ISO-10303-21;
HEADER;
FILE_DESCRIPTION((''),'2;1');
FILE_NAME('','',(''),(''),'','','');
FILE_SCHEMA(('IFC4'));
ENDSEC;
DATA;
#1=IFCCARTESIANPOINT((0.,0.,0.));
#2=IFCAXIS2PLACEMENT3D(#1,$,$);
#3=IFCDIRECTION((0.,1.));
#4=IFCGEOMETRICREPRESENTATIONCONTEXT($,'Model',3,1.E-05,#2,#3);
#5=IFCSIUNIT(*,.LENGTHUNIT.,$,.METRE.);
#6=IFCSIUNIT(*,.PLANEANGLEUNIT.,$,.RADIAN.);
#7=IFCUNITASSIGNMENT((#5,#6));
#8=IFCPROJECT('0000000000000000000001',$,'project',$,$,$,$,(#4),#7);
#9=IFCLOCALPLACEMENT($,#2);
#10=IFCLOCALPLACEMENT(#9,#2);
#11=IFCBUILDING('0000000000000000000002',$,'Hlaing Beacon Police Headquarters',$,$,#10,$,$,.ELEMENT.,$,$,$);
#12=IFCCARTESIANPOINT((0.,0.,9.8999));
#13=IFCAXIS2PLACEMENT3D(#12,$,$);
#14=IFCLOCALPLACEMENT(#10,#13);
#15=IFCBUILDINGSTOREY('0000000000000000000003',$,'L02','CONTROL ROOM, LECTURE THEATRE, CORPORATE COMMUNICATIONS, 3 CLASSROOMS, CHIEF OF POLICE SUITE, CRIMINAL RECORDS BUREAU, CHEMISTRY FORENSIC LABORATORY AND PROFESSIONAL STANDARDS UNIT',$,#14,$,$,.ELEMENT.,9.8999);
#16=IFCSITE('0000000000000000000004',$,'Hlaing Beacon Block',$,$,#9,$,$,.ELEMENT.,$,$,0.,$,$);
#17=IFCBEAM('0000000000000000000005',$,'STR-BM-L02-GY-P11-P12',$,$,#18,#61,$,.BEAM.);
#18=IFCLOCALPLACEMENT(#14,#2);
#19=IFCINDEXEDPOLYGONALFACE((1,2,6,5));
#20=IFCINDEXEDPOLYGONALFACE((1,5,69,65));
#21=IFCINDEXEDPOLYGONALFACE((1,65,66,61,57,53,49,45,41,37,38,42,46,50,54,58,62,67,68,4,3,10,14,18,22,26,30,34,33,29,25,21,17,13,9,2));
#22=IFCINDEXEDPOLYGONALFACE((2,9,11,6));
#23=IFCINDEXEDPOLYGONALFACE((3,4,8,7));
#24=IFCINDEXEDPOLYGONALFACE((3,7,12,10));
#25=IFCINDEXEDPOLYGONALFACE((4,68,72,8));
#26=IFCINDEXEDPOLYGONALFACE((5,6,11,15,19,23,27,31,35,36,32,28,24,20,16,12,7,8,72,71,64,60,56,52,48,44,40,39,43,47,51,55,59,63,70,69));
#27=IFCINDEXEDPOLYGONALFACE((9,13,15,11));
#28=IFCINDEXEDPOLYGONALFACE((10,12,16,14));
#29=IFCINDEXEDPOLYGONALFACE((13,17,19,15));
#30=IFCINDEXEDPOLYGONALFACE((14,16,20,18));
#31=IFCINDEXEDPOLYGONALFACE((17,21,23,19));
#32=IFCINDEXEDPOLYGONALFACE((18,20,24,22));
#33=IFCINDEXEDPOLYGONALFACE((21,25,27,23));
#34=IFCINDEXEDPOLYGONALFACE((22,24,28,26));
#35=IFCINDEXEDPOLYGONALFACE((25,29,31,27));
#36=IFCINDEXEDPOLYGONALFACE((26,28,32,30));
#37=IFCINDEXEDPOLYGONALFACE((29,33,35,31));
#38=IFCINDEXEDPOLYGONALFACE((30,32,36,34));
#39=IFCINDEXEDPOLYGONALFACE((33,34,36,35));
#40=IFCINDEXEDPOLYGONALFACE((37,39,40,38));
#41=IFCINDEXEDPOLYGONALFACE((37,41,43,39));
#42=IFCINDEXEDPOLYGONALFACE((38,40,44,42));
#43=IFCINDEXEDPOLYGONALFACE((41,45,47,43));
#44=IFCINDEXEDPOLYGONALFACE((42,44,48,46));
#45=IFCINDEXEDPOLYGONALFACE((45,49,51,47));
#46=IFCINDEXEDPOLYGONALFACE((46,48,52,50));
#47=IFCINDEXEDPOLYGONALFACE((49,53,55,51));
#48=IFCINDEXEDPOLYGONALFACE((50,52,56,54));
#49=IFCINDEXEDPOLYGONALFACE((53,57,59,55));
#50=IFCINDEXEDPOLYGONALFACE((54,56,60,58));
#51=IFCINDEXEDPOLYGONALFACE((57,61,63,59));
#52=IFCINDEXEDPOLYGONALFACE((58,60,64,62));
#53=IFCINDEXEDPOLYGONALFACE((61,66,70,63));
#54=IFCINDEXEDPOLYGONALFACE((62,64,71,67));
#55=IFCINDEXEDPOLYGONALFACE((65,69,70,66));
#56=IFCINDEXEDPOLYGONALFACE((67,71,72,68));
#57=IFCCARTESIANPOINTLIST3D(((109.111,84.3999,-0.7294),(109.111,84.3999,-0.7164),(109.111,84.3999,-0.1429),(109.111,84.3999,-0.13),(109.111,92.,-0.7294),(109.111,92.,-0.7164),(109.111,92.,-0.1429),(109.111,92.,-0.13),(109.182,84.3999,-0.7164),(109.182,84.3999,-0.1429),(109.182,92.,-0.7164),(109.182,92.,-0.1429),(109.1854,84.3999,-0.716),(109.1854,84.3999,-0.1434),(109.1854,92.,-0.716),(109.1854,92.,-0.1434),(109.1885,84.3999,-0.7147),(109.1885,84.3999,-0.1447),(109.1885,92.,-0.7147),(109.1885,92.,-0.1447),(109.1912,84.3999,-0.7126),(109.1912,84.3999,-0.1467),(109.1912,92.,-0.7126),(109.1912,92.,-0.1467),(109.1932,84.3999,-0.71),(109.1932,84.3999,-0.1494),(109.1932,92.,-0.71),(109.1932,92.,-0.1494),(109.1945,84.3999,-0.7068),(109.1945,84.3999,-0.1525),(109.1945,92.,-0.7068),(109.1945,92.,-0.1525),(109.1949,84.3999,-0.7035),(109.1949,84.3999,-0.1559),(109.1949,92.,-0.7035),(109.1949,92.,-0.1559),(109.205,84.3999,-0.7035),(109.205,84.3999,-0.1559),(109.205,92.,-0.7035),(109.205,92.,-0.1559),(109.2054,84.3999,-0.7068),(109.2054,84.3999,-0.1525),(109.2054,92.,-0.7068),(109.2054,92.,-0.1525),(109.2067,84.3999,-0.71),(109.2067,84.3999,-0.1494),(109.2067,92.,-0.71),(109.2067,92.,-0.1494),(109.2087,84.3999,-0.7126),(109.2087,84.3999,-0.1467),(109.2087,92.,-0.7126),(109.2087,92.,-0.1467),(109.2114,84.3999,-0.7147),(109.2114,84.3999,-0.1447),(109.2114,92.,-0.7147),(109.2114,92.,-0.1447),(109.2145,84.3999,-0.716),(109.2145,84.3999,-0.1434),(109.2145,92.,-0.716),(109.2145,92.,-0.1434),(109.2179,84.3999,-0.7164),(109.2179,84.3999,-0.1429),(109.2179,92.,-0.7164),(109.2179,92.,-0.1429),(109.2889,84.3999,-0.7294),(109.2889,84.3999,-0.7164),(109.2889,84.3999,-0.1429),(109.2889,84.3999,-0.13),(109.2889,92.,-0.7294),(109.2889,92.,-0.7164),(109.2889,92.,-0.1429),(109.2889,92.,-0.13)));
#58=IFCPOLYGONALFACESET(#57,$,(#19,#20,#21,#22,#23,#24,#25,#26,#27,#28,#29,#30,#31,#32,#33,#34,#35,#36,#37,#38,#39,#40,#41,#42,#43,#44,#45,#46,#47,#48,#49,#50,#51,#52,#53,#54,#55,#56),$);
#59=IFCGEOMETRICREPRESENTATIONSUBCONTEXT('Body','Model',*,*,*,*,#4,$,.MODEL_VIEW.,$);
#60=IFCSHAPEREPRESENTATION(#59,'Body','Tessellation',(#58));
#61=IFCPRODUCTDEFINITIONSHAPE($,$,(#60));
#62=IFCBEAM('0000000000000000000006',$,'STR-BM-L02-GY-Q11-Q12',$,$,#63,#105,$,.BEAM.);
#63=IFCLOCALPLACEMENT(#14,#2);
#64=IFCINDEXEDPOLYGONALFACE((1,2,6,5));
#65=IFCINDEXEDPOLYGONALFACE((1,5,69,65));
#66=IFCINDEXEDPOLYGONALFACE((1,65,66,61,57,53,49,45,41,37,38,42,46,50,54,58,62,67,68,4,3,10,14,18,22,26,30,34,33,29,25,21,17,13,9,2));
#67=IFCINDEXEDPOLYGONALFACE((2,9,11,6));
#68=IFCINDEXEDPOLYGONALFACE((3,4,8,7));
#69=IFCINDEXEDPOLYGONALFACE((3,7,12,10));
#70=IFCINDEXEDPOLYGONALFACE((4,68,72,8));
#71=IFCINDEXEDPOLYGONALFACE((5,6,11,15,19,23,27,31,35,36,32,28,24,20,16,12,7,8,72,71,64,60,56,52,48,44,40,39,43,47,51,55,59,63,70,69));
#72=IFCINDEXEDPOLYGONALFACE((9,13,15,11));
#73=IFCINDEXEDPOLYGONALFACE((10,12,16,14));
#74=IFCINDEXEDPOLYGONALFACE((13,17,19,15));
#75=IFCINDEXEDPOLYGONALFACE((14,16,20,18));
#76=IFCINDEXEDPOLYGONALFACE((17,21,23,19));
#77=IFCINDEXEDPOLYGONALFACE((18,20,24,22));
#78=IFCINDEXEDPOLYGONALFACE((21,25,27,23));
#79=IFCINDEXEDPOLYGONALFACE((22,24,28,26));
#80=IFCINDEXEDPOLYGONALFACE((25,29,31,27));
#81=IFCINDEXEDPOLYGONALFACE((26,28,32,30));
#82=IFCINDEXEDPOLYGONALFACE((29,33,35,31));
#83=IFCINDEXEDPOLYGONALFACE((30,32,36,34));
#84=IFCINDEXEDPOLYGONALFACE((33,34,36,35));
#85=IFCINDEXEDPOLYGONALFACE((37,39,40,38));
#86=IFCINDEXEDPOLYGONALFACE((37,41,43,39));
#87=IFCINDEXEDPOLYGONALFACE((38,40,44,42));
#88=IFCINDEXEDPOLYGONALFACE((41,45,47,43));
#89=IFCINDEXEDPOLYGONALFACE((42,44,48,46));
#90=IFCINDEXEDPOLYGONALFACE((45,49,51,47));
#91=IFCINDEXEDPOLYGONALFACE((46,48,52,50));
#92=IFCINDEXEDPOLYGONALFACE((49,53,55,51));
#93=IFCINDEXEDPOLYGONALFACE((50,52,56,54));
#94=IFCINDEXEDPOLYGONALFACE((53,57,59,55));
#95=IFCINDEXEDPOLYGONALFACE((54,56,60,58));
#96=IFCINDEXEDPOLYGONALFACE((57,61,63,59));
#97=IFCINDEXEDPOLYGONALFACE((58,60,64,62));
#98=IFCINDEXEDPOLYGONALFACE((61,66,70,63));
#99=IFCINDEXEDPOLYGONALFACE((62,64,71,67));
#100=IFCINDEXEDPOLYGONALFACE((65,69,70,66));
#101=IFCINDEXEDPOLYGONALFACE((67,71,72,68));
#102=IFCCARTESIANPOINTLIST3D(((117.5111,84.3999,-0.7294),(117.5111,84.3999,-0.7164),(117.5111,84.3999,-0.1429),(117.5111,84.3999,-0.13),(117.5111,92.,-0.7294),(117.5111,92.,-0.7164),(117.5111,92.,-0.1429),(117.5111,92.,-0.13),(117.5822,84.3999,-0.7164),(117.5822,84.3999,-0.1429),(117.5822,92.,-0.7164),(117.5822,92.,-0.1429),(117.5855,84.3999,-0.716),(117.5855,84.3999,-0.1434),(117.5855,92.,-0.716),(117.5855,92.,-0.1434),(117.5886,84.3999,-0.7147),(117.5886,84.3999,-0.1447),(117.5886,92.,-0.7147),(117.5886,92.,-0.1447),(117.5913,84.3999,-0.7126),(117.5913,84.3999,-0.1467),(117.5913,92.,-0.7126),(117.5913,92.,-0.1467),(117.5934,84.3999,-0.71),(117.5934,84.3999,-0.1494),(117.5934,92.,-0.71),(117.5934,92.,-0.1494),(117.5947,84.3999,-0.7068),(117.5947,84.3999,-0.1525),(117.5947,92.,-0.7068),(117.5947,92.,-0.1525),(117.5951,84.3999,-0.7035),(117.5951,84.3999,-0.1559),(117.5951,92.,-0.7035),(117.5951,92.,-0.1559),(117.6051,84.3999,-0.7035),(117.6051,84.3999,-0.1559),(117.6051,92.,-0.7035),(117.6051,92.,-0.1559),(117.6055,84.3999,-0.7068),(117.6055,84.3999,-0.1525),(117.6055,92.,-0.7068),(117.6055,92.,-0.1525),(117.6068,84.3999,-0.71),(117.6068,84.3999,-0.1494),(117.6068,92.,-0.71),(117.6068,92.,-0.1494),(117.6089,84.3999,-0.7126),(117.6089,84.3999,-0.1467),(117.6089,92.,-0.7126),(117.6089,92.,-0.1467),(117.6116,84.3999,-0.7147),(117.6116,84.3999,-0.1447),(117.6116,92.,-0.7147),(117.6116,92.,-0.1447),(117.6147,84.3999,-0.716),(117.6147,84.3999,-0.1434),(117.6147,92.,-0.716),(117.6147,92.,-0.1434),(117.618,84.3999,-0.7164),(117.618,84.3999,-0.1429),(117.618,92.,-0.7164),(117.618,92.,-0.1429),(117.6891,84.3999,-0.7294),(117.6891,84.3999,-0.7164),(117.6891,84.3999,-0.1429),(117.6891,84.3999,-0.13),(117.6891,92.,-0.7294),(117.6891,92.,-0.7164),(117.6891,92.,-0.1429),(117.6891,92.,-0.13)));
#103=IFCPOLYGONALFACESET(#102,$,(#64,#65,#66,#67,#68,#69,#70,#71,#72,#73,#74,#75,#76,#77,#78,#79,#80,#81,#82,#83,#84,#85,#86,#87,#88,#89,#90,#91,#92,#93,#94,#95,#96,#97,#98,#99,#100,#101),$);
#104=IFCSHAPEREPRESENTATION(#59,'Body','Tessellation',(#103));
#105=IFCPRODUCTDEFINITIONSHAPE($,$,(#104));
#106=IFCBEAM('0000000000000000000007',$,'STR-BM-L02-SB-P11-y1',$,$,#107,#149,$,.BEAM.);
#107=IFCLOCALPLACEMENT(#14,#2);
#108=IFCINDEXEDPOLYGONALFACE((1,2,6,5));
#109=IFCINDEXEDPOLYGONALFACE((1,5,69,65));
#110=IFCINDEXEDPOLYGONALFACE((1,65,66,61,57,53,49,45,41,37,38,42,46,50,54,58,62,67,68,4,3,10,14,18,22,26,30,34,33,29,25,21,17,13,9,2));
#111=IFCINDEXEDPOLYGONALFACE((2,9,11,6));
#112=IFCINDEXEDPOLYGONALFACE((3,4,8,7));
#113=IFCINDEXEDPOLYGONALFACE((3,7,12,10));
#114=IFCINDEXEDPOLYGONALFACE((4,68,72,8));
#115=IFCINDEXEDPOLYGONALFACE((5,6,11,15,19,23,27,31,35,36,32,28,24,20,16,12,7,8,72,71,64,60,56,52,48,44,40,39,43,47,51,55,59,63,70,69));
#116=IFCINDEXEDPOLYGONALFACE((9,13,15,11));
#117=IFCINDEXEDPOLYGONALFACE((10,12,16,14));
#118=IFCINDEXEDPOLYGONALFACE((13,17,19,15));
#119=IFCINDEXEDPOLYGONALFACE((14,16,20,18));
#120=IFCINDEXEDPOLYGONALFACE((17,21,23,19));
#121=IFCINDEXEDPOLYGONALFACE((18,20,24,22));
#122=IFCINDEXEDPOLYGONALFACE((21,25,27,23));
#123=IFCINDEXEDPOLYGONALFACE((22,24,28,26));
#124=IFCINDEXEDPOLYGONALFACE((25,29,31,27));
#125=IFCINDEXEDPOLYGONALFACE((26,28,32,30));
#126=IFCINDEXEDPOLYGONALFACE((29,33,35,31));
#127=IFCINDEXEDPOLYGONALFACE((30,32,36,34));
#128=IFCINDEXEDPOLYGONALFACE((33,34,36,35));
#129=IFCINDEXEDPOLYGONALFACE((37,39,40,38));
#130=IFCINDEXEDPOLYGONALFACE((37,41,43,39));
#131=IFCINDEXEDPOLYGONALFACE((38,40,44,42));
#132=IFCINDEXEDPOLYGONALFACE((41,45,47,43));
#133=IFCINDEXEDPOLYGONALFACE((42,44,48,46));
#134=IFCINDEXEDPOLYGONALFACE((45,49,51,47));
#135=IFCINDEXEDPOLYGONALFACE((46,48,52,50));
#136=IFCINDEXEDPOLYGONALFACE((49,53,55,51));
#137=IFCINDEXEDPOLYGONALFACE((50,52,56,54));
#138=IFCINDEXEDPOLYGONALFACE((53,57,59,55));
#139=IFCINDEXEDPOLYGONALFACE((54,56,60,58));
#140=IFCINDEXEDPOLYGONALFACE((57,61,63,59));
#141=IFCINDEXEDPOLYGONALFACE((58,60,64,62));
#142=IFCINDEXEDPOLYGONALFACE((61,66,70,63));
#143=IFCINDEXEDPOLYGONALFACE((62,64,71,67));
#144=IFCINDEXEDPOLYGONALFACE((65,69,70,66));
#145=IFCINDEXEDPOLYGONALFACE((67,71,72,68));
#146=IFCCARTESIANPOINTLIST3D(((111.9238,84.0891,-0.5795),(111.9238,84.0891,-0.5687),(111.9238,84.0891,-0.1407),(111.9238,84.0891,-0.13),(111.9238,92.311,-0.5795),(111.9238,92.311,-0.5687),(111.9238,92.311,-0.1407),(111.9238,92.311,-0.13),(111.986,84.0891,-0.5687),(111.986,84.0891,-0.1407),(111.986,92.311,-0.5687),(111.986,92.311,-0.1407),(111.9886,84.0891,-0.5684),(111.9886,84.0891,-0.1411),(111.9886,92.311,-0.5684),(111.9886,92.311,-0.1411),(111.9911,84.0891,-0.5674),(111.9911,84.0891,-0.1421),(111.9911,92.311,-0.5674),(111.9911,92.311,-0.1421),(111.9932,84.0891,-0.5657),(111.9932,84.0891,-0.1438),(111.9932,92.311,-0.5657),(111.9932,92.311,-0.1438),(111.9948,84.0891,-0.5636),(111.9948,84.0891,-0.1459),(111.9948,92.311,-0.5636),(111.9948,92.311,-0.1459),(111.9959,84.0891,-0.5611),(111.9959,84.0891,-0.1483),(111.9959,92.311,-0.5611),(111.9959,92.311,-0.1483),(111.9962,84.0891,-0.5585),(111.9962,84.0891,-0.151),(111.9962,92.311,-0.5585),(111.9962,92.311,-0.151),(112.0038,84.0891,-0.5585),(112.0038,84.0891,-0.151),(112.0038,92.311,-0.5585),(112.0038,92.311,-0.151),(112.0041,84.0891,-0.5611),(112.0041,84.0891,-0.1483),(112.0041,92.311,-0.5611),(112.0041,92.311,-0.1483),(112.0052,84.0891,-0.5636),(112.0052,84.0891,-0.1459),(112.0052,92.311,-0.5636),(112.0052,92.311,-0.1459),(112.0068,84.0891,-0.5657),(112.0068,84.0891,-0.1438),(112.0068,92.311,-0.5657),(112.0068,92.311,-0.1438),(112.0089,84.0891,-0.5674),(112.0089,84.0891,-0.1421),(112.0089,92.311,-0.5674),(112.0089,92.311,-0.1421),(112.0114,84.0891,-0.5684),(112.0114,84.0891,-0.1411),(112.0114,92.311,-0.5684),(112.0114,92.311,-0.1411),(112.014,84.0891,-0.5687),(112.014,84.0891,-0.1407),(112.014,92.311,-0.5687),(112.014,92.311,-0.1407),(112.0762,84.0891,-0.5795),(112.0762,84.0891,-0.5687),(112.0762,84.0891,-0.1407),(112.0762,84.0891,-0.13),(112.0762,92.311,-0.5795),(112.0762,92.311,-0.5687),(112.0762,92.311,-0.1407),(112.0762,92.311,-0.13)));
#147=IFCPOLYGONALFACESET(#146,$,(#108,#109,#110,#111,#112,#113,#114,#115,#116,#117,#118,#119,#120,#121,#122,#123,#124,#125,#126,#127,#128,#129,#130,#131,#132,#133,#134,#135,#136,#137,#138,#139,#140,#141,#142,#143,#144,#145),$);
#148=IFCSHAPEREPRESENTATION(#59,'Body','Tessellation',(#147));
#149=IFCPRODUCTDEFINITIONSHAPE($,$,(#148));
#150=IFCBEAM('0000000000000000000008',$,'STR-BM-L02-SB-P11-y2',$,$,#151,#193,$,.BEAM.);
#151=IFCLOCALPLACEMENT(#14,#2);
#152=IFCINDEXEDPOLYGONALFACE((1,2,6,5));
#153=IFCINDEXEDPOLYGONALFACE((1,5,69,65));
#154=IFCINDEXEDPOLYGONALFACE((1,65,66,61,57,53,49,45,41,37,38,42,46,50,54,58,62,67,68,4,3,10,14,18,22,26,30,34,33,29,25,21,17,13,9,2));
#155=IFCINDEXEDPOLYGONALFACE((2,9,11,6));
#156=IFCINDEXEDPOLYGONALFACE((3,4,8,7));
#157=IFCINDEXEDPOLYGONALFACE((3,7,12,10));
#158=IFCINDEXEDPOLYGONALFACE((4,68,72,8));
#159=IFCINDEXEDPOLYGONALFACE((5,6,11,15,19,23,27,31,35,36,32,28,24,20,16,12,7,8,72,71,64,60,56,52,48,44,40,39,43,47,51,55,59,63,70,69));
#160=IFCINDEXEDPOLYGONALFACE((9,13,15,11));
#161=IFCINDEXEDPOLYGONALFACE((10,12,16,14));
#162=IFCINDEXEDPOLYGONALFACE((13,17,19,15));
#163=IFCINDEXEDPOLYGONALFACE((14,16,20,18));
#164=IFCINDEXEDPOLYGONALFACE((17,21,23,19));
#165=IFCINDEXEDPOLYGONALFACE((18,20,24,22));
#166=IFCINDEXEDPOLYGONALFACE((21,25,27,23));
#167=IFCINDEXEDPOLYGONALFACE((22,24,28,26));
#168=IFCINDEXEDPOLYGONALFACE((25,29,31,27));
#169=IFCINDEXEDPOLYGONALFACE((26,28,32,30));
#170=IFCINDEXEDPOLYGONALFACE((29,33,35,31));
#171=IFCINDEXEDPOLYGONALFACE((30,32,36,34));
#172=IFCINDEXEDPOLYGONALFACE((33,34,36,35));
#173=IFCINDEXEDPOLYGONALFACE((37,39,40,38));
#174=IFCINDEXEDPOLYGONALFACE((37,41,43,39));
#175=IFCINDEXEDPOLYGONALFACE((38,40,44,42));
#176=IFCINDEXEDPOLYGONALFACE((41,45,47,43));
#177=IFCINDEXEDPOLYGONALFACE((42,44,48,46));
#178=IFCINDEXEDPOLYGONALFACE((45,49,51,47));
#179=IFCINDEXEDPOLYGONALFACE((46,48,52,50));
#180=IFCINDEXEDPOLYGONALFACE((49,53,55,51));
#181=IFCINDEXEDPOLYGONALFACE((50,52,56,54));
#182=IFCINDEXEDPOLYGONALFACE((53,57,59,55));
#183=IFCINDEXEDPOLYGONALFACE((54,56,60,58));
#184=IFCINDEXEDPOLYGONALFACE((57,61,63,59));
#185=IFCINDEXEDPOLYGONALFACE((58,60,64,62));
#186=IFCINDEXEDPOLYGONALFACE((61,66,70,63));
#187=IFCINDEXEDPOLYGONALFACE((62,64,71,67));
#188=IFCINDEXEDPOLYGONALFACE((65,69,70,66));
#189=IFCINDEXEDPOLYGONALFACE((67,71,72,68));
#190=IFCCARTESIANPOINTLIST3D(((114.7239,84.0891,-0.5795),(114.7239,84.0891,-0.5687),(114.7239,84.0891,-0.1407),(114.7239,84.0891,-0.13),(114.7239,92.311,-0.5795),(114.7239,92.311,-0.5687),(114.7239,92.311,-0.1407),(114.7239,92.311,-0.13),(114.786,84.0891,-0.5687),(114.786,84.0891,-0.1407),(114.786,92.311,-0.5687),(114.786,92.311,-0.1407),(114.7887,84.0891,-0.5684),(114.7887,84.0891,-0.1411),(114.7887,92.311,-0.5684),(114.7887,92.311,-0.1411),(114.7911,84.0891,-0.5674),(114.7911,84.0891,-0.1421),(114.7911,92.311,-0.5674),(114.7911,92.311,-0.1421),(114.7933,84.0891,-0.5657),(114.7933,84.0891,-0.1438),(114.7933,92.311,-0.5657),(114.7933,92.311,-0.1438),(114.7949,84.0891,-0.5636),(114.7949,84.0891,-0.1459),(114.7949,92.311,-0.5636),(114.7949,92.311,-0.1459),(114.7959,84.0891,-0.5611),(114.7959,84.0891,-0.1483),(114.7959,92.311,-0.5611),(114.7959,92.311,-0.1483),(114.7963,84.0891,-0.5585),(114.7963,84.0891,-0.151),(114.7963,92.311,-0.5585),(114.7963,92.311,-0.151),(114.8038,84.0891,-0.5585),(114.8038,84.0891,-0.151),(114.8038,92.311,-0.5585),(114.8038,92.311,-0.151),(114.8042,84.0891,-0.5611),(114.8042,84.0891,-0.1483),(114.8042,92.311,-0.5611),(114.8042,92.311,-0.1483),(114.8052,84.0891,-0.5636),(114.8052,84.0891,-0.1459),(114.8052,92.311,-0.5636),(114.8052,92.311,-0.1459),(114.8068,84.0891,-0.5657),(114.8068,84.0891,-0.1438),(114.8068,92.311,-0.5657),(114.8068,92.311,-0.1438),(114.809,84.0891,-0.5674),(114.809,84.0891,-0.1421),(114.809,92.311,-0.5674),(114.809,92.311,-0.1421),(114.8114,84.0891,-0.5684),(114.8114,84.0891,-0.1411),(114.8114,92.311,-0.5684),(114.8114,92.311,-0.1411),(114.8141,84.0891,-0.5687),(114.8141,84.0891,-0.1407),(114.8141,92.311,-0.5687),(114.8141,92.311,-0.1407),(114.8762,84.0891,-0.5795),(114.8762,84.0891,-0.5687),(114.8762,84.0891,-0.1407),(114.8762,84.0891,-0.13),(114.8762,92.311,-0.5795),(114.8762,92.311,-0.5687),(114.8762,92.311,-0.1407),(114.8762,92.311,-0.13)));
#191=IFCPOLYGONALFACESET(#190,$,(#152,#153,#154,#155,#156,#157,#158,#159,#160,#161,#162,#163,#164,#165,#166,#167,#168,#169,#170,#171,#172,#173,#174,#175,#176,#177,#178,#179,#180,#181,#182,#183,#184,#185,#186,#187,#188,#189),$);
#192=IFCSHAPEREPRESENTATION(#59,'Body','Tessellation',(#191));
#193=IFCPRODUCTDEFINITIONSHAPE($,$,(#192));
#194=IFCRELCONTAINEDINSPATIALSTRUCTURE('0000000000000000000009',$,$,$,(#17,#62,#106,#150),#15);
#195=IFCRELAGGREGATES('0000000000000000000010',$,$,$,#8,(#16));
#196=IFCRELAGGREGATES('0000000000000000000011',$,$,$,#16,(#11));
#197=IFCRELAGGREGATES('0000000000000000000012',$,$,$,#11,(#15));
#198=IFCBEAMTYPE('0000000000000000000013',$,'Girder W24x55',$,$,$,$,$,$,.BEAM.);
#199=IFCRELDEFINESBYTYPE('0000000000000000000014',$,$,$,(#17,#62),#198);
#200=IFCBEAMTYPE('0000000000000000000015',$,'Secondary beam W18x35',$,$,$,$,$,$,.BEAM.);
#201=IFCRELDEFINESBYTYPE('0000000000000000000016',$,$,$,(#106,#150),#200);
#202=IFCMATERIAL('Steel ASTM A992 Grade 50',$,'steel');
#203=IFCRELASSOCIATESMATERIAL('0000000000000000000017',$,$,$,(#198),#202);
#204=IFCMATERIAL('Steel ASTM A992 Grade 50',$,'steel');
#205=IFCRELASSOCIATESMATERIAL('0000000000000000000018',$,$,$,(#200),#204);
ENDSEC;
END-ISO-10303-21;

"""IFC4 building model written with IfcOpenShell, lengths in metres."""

from ifc_helpers import new_model, si_unit, direction, frame, origin, origin_2d, place, context, subcontext, project, spatial, i_section, extrude, material, material_profile, profile_set, type_object, element, save


model = new_model("IFC4")

# Units and contexts
model_context = context("Model", 3, precision=1e-05, world=origin(), true_north=direction((0.0, 1.0)))
body_context = subcontext(model_context, "Body", "Model", "MODEL_VIEW")
ifc_project = project(units=[si_unit("LENGTHUNIT", "METRE"), si_unit("PLANEANGLEUNIT", "RADIAN")], contexts=[model_context])

# Site, building, storey
site_placement = place(None, origin())
site = spatial("IfcSite", under=ifc_project, at=site_placement, Name="Hlaing Beacon Block", CompositionType="ELEMENT", RefElevation=0.0)
building_placement = place(site_placement, origin())
building = spatial("IfcBuilding", under=site, at=building_placement, Name="Hlaing Beacon Police Headquarters", CompositionType="ELEMENT")
storey_placement = place(building_placement, frame((0.0, 0.0, 9.8999)))
storey = spatial("IfcBuildingStorey", under=building, at=storey_placement, Name="L02", Description="CONTROL ROOM, LECTURE THEATRE, CORPORATE COMMUNICATIONS, 3 CLASSROOMS, CHIEF OF POLICE SUITE, CRIMINAL RECORDS BUREAU, CHEMISTRY FORENSIC LABORATORY AND PROFESSIONAL STANDARDS UNIT", CompositionType="ELEMENT", Elevation=9.8999)

# Beams
ifc_material_1 = material(Name="Steel ASTM A992 Grade 50", Category="steel")
ifc_material_profile_1 = material_profile(ifc_material_1, i_section(OverallWidth=0.178, OverallDepth=0.5994, WebThickness=0.01, FlangeThickness=0.0129, FilletRadius=0.0129, at=origin_2d()), Name="W24x55")
ifc_profile_set_1 = profile_set([ifc_material_profile_1], Name="Steel ASTM A992 Grade 50")
beam_type_1 = type_object("IfcBeamType", Name="Girder W24x55", PredefinedType="BEAM", material=ifc_profile_set_1)
for number, where, z_axis, x_axis, name in (
    (1, (109.2, 84.3999, -0.4297), (0.0, 1.0, 0.0), (-1.0, 0.0, 0.0), "STR-BM-L02-GY-P11-P12"),
    (2, (117.6001, 84.3999, -0.4297), (0.0, 1.0, 0.0), (-1.0, 0.0, 0.0), "STR-BM-L02-GY-Q11-Q12"),
):
    element("IfcBeam", number, at=place(storey_placement, frame(where, z_axis=z_axis, x_axis=x_axis)), inside=storey, type_object=beam_type_1, Name=name, PredefinedType="BEAM", context=body_context, shape_type="SweptSolid", body=[
        extrude(i_section(OverallWidth=0.178, OverallDepth=0.5994, WebThickness=0.01, FlangeThickness=0.0129, FilletRadius=0.0129, at=origin_2d()), origin(), (0.0, 0.0, 1.0), 7.6001),
    ])
ifc_material_2 = material(Name="Steel ASTM A992 Grade 50", Category="steel")
ifc_material_profile_2 = material_profile(ifc_material_2, i_section(OverallWidth=0.1523, OverallDepth=0.4495, WebThickness=0.0076, FlangeThickness=0.0107, FilletRadius=0.0103, at=origin_2d()), Name="W18x35")
ifc_profile_set_2 = profile_set([ifc_material_profile_2], Name="Steel ASTM A992 Grade 50")
beam_type_2 = type_object("IfcBeamType", Name="Secondary beam W18x35", PredefinedType="BEAM", material=ifc_profile_set_2)
for number, where, z_axis, x_axis, name in (
    (3, (112.0, 84.0891, -0.3547), (0.0, 1.0, 0.0), (-1.0, 0.0, 0.0), "STR-BM-L02-SB-P11-y1"),
    (4, (114.8, 84.0891, -0.3547), (0.0, 1.0, 0.0), (-1.0, 0.0, 0.0), "STR-BM-L02-SB-P11-y2"),
):
    element("IfcBeam", number, at=place(storey_placement, frame(where, z_axis=z_axis, x_axis=x_axis)), inside=storey, type_object=beam_type_2, Name=name, PredefinedType="BEAM", context=body_context, shape_type="SweptSolid", body=[
        extrude(i_section(OverallWidth=0.1523, OverallDepth=0.4495, WebThickness=0.0076, FlangeThickness=0.0107, FilletRadius=0.0103, at=origin_2d()), origin(), (0.0, 0.0, 1.0), 8.2219),
    ])

save(model, "model.ifc")
